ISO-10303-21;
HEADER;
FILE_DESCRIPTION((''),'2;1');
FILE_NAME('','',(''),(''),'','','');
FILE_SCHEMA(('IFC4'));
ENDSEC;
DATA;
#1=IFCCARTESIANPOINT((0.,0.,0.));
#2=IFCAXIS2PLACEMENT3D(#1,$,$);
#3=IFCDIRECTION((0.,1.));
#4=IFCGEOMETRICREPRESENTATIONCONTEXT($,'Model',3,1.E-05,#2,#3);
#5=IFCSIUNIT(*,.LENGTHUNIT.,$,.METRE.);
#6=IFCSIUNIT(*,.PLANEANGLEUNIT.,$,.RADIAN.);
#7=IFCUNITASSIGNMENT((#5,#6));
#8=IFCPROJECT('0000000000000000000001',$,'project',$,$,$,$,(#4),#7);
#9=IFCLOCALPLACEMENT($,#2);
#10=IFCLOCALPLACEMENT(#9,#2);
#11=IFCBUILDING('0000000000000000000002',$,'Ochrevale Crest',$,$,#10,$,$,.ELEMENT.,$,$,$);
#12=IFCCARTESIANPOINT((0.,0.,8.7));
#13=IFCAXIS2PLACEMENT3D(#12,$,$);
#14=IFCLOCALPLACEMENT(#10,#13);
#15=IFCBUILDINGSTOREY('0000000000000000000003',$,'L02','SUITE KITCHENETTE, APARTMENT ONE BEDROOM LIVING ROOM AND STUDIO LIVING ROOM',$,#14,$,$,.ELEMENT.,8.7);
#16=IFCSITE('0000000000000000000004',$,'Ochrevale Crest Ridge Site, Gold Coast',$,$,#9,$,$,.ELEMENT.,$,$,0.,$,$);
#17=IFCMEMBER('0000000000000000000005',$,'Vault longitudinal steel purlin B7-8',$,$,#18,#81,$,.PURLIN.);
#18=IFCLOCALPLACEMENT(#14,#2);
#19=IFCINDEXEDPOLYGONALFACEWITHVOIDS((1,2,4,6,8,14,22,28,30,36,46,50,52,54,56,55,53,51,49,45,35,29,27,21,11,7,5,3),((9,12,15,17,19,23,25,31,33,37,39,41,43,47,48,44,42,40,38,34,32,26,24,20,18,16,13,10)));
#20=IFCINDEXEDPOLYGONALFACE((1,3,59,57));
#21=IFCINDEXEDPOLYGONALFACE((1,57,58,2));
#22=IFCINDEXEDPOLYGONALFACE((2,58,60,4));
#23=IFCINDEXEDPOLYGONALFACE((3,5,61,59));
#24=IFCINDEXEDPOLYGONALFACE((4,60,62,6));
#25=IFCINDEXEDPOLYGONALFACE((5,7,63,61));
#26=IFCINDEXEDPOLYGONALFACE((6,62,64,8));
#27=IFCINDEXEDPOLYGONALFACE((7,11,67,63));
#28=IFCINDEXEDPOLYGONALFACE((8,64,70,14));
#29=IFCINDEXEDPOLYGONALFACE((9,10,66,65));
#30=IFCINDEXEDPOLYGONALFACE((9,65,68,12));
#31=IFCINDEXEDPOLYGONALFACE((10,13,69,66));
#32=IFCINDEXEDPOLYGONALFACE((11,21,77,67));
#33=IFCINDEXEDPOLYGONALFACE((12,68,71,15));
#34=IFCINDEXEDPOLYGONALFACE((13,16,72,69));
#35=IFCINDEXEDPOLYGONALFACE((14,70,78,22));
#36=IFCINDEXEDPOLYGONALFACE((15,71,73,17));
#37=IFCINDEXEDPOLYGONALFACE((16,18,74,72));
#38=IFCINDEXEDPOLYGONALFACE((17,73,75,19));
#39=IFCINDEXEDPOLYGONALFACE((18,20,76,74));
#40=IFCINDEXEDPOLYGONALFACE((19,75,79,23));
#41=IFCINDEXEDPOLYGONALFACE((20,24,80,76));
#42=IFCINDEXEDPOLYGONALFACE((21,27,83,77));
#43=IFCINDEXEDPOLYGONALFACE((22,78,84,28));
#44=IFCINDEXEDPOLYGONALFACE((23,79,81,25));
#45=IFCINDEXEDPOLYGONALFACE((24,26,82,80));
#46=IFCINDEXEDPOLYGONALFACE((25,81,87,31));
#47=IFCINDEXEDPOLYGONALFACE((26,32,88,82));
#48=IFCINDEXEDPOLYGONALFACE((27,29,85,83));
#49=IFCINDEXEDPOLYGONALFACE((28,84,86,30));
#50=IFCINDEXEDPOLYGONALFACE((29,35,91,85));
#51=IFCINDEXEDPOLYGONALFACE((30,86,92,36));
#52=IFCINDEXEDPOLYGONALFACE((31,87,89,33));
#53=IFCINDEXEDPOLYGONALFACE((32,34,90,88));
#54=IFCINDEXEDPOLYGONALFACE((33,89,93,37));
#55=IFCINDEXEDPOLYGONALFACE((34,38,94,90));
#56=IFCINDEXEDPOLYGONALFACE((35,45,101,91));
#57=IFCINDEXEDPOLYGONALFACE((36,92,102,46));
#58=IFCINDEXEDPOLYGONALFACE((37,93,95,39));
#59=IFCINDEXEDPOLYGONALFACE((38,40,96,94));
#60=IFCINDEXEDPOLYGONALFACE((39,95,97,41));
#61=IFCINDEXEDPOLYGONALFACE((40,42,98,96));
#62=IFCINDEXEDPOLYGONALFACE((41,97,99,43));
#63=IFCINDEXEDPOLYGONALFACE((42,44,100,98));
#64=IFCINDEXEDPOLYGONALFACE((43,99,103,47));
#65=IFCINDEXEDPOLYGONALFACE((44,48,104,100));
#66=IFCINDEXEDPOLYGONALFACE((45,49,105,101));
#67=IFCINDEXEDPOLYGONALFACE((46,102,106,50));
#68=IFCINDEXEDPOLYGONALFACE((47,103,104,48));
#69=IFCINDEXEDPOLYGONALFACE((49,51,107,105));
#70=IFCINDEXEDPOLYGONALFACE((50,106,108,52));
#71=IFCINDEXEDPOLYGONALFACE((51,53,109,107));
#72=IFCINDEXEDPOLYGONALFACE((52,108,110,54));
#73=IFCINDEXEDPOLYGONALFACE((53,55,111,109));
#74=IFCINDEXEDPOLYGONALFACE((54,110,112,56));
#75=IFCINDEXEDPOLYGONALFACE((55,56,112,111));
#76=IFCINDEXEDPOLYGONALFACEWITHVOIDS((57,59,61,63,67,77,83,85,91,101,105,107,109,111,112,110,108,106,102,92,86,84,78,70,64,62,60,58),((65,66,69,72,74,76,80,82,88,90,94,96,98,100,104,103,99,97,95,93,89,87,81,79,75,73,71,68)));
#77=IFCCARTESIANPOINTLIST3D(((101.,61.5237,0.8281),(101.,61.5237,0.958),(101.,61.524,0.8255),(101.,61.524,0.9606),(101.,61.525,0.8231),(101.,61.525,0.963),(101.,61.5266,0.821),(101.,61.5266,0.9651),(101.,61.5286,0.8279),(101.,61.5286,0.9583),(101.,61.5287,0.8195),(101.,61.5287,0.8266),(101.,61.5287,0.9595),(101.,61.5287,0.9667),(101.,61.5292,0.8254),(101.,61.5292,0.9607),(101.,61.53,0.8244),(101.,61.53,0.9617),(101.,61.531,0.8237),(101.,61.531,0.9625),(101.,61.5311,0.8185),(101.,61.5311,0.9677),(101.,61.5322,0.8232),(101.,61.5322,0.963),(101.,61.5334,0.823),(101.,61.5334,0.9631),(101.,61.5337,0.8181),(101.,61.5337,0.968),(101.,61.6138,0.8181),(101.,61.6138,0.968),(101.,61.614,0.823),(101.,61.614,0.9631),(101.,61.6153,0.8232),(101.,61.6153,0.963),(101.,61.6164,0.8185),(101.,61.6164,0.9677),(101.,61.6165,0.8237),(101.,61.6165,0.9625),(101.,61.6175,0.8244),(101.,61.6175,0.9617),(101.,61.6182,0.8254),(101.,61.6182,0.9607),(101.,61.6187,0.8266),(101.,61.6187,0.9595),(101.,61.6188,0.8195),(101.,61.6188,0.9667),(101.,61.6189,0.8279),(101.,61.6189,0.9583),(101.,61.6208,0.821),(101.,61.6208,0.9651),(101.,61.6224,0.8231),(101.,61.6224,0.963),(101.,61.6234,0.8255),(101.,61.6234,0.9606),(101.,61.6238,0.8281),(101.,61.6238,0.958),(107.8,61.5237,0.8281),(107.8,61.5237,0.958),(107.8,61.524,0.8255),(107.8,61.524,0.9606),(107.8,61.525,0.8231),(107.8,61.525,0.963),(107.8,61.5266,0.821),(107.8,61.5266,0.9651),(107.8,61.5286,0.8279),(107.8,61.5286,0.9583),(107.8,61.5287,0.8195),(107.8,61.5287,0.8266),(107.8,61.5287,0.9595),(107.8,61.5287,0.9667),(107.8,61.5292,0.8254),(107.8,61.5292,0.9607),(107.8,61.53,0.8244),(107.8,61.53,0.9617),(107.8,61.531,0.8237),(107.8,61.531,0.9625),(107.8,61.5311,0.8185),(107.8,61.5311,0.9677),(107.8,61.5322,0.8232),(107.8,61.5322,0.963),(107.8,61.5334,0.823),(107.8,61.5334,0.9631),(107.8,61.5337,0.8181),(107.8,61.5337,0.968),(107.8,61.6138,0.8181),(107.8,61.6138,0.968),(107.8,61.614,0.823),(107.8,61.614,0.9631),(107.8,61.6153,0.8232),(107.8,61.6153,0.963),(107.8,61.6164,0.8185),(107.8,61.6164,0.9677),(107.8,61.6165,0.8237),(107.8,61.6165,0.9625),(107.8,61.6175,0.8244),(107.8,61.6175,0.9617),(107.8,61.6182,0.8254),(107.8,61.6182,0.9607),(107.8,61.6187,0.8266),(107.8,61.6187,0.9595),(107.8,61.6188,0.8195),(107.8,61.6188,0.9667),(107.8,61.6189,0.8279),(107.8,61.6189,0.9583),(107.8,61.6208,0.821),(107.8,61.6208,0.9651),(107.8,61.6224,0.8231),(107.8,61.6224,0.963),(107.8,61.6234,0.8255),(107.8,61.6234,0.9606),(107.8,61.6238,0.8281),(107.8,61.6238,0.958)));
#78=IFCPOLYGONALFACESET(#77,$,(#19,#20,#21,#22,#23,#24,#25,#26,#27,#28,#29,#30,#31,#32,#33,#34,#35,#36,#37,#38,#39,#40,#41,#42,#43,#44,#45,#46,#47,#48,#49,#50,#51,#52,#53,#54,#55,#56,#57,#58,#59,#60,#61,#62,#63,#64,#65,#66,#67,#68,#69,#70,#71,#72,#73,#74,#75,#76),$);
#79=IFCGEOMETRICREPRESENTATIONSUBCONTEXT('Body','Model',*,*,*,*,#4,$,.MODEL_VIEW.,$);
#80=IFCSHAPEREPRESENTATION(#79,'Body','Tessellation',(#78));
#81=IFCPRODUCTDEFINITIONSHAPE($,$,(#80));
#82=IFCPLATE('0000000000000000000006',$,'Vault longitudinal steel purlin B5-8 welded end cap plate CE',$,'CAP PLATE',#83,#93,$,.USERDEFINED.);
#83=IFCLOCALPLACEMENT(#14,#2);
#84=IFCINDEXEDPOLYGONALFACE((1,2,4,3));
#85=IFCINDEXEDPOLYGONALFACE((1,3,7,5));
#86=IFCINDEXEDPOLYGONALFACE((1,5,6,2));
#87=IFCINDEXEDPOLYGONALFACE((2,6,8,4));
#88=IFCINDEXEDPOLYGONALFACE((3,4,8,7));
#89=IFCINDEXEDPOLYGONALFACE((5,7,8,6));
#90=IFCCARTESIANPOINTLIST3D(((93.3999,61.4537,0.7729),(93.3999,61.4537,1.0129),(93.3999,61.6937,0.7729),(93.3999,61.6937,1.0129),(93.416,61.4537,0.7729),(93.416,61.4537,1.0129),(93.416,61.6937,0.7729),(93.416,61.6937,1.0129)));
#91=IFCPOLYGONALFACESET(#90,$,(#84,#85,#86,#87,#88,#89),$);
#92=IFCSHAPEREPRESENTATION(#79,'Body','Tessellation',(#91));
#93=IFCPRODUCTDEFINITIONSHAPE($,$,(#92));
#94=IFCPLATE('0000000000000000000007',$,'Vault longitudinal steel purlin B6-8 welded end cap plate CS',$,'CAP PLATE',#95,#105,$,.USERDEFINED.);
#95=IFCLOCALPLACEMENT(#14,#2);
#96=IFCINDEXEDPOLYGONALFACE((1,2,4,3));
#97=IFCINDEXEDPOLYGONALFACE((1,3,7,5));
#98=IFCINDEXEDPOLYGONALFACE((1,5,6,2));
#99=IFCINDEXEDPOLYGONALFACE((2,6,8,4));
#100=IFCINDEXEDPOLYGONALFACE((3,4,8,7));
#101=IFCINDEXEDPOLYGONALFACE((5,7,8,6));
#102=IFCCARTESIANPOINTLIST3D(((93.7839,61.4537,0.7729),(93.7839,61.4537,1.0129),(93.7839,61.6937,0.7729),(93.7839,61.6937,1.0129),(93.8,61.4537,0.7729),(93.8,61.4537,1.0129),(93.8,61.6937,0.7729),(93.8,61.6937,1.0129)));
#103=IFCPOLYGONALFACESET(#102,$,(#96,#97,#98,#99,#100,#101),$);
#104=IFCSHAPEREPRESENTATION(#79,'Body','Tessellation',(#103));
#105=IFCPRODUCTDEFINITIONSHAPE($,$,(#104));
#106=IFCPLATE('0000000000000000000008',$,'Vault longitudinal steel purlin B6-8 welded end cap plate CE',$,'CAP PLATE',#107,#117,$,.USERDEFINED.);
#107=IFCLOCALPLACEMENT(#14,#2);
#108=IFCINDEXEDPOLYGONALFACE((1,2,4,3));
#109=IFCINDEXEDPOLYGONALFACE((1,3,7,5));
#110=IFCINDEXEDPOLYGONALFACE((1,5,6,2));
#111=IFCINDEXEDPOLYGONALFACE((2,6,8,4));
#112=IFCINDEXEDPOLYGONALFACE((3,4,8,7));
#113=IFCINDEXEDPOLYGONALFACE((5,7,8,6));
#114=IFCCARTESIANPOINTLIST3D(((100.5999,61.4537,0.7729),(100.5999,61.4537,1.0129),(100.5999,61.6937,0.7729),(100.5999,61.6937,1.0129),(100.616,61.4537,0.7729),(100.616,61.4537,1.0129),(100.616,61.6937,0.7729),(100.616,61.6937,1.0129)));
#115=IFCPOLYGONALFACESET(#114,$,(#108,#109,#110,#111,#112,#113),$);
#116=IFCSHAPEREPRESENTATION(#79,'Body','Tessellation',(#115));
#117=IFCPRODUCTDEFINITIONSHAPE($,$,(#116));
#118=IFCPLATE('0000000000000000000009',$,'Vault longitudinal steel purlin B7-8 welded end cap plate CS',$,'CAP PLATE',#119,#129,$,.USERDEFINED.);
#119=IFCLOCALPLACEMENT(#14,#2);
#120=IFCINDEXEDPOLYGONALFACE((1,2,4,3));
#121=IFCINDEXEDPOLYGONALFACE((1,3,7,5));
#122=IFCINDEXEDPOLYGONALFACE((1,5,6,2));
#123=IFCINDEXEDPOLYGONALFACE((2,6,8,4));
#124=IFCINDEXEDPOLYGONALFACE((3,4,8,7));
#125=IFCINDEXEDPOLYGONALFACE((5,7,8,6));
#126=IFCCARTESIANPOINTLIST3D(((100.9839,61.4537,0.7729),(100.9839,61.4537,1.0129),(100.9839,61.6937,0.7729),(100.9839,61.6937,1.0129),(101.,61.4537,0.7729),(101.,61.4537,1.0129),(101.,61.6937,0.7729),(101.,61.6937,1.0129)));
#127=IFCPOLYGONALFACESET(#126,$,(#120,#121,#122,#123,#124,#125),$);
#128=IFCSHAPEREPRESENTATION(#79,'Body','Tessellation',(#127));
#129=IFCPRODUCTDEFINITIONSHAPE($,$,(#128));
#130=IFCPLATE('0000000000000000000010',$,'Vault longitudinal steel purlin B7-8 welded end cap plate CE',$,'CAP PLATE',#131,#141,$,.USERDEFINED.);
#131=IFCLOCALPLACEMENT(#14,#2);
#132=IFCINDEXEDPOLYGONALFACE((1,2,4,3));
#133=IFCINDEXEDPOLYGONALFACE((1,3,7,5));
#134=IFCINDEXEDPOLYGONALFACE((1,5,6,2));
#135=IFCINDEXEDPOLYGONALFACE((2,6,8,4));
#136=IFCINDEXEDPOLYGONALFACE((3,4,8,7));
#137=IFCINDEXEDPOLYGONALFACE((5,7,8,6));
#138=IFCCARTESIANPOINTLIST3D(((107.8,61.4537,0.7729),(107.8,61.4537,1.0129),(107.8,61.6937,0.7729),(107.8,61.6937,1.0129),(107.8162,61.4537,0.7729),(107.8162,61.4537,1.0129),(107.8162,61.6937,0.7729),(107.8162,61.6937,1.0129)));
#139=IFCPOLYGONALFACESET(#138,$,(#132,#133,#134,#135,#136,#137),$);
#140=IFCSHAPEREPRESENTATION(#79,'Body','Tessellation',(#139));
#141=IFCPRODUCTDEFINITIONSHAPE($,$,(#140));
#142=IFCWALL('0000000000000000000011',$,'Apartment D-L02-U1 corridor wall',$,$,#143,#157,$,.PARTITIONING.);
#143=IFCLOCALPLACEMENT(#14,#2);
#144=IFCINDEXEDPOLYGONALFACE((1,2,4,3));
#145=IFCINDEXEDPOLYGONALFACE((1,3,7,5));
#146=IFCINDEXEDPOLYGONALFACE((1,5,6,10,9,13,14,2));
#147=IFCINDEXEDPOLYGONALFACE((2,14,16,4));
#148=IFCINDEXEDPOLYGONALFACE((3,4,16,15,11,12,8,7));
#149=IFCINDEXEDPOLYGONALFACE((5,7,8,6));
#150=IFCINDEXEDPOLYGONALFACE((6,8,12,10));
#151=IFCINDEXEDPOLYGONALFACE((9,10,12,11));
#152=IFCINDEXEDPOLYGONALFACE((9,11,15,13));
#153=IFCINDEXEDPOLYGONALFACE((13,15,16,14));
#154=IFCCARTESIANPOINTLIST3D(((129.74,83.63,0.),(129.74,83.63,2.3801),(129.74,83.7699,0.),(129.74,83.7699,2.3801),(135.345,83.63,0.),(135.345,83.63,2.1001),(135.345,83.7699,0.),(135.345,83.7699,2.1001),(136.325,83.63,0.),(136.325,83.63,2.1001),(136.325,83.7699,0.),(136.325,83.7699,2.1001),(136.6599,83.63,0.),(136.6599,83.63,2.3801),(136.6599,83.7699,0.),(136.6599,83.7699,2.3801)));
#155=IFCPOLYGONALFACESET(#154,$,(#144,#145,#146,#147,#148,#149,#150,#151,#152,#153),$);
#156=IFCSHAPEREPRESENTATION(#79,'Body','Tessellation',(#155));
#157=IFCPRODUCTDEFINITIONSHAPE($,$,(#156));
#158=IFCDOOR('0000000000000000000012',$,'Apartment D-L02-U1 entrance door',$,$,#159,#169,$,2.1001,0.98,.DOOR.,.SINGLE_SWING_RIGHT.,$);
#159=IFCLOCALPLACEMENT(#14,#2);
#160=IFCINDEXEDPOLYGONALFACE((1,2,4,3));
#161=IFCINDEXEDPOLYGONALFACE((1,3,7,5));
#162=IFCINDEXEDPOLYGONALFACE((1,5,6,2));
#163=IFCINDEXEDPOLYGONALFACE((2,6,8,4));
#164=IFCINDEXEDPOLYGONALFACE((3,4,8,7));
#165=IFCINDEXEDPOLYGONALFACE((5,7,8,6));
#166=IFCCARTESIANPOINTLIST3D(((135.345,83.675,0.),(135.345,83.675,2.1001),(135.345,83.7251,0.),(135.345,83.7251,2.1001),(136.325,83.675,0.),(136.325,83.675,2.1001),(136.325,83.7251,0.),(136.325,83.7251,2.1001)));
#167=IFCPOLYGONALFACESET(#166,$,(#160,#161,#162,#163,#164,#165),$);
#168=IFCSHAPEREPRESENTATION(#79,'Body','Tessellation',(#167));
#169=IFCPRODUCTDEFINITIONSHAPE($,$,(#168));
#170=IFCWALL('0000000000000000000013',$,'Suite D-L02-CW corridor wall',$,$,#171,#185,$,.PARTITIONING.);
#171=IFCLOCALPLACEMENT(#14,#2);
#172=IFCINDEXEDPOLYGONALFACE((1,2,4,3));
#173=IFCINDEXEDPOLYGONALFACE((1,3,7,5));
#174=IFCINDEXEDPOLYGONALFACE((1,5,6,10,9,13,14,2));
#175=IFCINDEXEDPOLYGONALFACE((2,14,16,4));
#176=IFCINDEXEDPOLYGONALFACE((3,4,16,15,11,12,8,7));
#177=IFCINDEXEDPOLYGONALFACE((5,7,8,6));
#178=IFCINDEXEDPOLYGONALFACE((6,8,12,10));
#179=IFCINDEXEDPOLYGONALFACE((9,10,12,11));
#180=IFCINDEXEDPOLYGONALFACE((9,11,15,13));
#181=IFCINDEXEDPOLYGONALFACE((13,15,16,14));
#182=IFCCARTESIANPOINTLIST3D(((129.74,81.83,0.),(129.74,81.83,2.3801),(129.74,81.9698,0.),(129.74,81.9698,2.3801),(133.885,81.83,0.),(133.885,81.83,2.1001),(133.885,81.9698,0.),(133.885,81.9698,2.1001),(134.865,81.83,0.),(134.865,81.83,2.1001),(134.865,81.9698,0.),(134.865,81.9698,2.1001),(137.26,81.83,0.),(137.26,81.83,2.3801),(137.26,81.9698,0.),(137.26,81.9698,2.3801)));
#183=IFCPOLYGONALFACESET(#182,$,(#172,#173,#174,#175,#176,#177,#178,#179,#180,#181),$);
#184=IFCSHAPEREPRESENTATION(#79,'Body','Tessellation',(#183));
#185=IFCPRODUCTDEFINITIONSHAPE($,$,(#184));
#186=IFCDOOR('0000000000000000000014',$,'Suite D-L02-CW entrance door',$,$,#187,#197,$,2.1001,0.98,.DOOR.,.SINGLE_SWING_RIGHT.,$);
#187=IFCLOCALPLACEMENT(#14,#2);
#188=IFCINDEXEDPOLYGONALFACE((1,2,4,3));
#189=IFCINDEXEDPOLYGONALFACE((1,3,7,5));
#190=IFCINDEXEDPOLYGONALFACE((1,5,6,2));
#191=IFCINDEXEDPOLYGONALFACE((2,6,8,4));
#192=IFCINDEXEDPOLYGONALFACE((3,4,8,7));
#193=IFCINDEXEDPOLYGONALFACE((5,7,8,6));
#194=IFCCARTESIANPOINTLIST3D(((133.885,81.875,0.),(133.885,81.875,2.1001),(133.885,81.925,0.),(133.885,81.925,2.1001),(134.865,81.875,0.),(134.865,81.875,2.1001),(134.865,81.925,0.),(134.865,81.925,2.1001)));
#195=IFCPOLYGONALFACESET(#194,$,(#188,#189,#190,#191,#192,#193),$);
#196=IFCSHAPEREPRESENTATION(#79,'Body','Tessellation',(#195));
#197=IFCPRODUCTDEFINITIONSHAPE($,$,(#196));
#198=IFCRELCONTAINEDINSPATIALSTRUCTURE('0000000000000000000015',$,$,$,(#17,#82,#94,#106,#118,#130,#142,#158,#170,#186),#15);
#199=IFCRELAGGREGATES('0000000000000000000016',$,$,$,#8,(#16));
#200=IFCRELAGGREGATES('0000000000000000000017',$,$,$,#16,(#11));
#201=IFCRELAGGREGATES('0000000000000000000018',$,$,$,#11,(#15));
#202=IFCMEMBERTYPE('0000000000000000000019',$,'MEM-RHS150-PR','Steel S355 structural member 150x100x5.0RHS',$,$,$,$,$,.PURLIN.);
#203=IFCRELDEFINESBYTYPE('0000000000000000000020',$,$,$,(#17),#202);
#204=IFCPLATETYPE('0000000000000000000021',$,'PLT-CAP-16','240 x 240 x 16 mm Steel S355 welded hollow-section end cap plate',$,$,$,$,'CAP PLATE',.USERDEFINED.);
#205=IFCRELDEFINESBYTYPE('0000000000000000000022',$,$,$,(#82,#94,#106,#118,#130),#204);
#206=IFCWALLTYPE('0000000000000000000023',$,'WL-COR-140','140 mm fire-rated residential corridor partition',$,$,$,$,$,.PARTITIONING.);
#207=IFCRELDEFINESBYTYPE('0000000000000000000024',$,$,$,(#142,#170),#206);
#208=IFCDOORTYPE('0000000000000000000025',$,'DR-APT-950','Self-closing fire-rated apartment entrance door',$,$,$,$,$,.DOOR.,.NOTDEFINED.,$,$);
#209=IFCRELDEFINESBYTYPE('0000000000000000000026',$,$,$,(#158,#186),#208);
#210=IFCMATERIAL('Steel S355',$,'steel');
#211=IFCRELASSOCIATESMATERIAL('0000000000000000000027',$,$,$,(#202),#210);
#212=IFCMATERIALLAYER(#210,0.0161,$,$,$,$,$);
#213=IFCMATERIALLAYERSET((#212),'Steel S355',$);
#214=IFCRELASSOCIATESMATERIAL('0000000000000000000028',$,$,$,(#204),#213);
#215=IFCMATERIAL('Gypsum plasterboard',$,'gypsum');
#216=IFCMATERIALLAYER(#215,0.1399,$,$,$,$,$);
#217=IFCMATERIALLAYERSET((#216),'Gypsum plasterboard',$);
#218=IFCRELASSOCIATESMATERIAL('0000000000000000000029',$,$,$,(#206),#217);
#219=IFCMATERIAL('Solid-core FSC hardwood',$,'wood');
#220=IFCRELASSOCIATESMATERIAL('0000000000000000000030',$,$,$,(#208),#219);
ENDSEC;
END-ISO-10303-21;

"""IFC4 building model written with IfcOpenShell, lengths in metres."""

from ifc_helpers import new_model, si_unit, direction, frame, frame_2d, origin, origin_2d, place, context, subcontext, project, spatial, rectangle, hollow_rectangle, extrude, material, layer, layer_set, material_profile, profile_set, type_object, element, fill, save


model = new_model("IFC4")

# Units and contexts
model_context = context("Model", 3, precision=1e-05, world=origin(), true_north=direction((0.0, 1.0)))
body_context = subcontext(model_context, "Body", "Model", "MODEL_VIEW")
ifc_project = project(units=[si_unit("LENGTHUNIT", "METRE"), si_unit("PLANEANGLEUNIT", "RADIAN")], contexts=[model_context])

# Site, building, storey
site_placement = place(None, origin())
site = spatial("IfcSite", under=ifc_project, at=site_placement, Name="Ochrevale Crest Ridge Site, Gold Coast", CompositionType="ELEMENT", RefElevation=0.0)
building_placement = place(site_placement, origin())
building = spatial("IfcBuilding", under=site, at=building_placement, Name="Ochrevale Crest", CompositionType="ELEMENT")
storey_placement = place(building_placement, frame((0.0, 0.0, 8.7)))
storey = spatial("IfcBuildingStorey", under=building, at=storey_placement, Name="L02", Description="SUITE KITCHENETTE, APARTMENT ONE BEDROOM LIVING ROOM AND STUDIO LIVING ROOM", CompositionType="ELEMENT", Elevation=8.7)

# Member
ifc_material_1 = material(Name="Steel S355", Category="steel")
ifc_material_profile_1 = material_profile(ifc_material_1, hollow_rectangle(XDim=0.1001, YDim=0.1499, WallThickness=0.0049, InnerFilletRadius=0.0049, OuterFilletRadius=0.01, at=origin_2d()), Name="150x100x5.0RHS")
ifc_profile_set_1 = profile_set([ifc_material_profile_1], Name="Steel S355")
member_type_1 = type_object("IfcMemberType", Name="MEM-RHS150-PR", Description="Steel S355 structural member 150x100x5.0RHS", PredefinedType="PURLIN", material=ifc_profile_set_1)
for number, where, z_axis, x_axis, name in (
    (1, (101.0, 61.5737, 0.8931), (1.0, 0.0, 0.0), (0.0, 1.0, 0.0), "Vault longitudinal steel purlin B7-8"),
):
    element("IfcMember", number, at=place(storey_placement, frame(where, z_axis=z_axis, x_axis=x_axis)), inside=storey, type_object=member_type_1, Name=name, PredefinedType="PURLIN", context=body_context, shape_type="SweptSolid", body=[
        extrude(hollow_rectangle(XDim=0.1001, YDim=0.1499, WallThickness=0.0049, InnerFilletRadius=0.0049, OuterFilletRadius=0.01, at=origin_2d()), origin(), (0.0, 0.0, 1.0), 6.8),
    ])

# Plates
ifc_layer_1 = layer(ifc_material_1, 0.0161)
ifc_layer_set_1 = layer_set([ifc_layer_1], Name="Steel S355")
plate_type = type_object("IfcPlateType", Name="PLT-CAP-16", Description="240 x 240 x 16 mm Steel S355 welded hollow-section end cap plate", ElementType="CAP PLATE", PredefinedType="USERDEFINED", material=ifc_layer_set_1)
for number, where, z_axis, x_axis, name in (
    (2, (93.408, 61.5737, 0.7729), (0.0, 0.0, 1.0), (1.0, 0.0, 0.0), "Vault longitudinal steel purlin B5-8 welded end cap plate CE"),
    (3, (93.792, 61.5737, 0.7729), (0.0, 0.0, 1.0), (1.0, 0.0, 0.0), "Vault longitudinal steel purlin B6-8 welded end cap plate CS"),
    (4, (100.6079, 61.5737, 0.7729), (0.0, 0.0, 1.0), (1.0, 0.0, 0.0), "Vault longitudinal steel purlin B6-8 welded end cap plate CE"),
    (5, (100.9919, 61.5737, 0.7729), (0.0, 0.0, 1.0), (1.0, 0.0, 0.0), "Vault longitudinal steel purlin B7-8 welded end cap plate CS"),
    (6, (107.8081, 61.5737, 0.7729), (0.0, 0.0, 1.0), (1.0, 0.0, 0.0), "Vault longitudinal steel purlin B7-8 welded end cap plate CE"),
):
    element("IfcPlate", number, at=place(storey_placement, frame(where, z_axis=z_axis, x_axis=x_axis)), inside=storey, type_object=plate_type, Name=name, ObjectType="CAP PLATE", PredefinedType="USERDEFINED", context=body_context, shape_type="SweptSolid", body=[
        extrude(rectangle(XDim=0.0161, YDim=0.24, at=origin_2d()), origin(), (0.0, 0.0, 1.0), 0.24),
    ])

# Walls, openings, doors
ifc_material_2 = material(Name="Gypsum plasterboard", Category="gypsum")
ifc_layer_2 = layer(ifc_material_2, 0.1399)
ifc_layer_set_2 = layer_set([ifc_layer_2], Name="Gypsum plasterboard")
wall_type_1 = type_object("IfcWallType", Name="WL-COR-140", Description="140 mm fire-rated residential corridor partition", PredefinedType="PARTITIONING", material=ifc_layer_set_2)
wall_1_placement = place(storey_placement, frame((129.74, 83.7, 0.0), z_axis=(0.0, 0.0, 1.0), x_axis=(1.0, 0.0, 0.0)))
wall_1 = element("IfcWall", 7, at=wall_1_placement, inside=storey, type_object=wall_type_1, Name="Apartment D-L02-U1 corridor wall", PredefinedType="PARTITIONING", context=body_context, shape_type="SweptSolid", body=[
    extrude(rectangle(XDim=6.9199, YDim=0.1399, at=frame_2d((3.46, 0.0))), origin(), (0.0, 0.0, 1.0), 2.3801),
])
opening_1_placement = place(wall_1_placement, frame((6.585, 0.0, 0.0), z_axis=(0.0, 0.0, 1.0), x_axis=(-1.0, 0.0, 0.0)))
opening_1 = element("IfcOpeningElement", 8, at=opening_1_placement, cuts=wall_1, PredefinedType="OPENING", context=body_context, shape_type="SweptSolid", body=[
    extrude(rectangle(XDim=0.98, YDim=2.1001, at=frame_2d((0.49, 1.05))), frame((0.0, 0.0801, 0.0), z_axis=(0.0, -1.0, 0.0), x_axis=(1.0, 0.0, 0.0)), (0.0, 0.0, 1.0), 0.1599),
])
ifc_material_3 = material(Name="Solid-core FSC hardwood", Category="wood")
door_type_1 = type_object("IfcDoorType", Name="DR-APT-950", Description="Self-closing fire-rated apartment entrance door", OperationType="NOTDEFINED", PredefinedType="DOOR", material=ifc_material_3)
door_1_placement = place(opening_1_placement, origin())
door_1 = element("IfcDoor", 9, at=door_1_placement, inside=storey, type_object=door_type_1, Name="Apartment D-L02-U1 entrance door", OperationType="SINGLE_SWING_RIGHT", OverallHeight=2.1001, OverallWidth=0.98, PredefinedType="DOOR", context=body_context, shape_type="SweptSolid", body=[
    extrude(rectangle(XDim=0.98, YDim=2.1001, at=frame_2d((0.49, 1.05))), frame((0.0, 0.0249, 0.0), z_axis=(0.0, -1.0, 0.0), x_axis=(1.0, 0.0, 0.0)), (0.0, 0.0, 1.0), 0.05),
])
fill(opening_1, door_1)
wall_2_placement = place(storey_placement, frame((129.74, 81.8999, 0.0), z_axis=(0.0, 0.0, 1.0), x_axis=(1.0, 0.0, 0.0)))
wall_2 = element("IfcWall", 10, at=wall_2_placement, inside=storey, type_object=wall_type_1, Name="Suite D-L02-CW corridor wall", PredefinedType="PARTITIONING", context=body_context, shape_type="SweptSolid", body=[
    extrude(rectangle(XDim=7.52, YDim=0.1399, at=frame_2d((3.76, 0.0))), origin(), (0.0, 0.0, 1.0), 2.3801),
])
opening_2_placement = place(wall_2_placement, frame((5.125, 0.0, 0.0), z_axis=(0.0, 0.0, 1.0), x_axis=(-1.0, 0.0, 0.0)))
opening_2 = element("IfcOpeningElement", 11, at=opening_2_placement, cuts=wall_2, PredefinedType="OPENING", context=body_context, shape_type="SweptSolid", body=[
    extrude(rectangle(XDim=0.98, YDim=2.1001, at=frame_2d((0.49, 1.05))), frame((0.0, 0.0801, 0.0), z_axis=(0.0, -1.0, 0.0), x_axis=(1.0, 0.0, 0.0)), (0.0, 0.0, 1.0), 0.1599),
])
door_2_placement = place(opening_2_placement, origin())
door_2 = element("IfcDoor", 12, at=door_2_placement, inside=storey, type_object=door_type_1, Name="Suite D-L02-CW entrance door", OperationType="SINGLE_SWING_RIGHT", OverallHeight=2.1001, OverallWidth=0.98, PredefinedType="DOOR", context=body_context, shape_type="SweptSolid", body=[
    extrude(rectangle(XDim=0.98, YDim=2.1001, at=frame_2d((0.49, 1.05))), frame((0.0, 0.0249, 0.0), z_axis=(0.0, -1.0, 0.0), x_axis=(1.0, 0.0, 0.0)), (0.0, 0.0, 1.0), 0.05),
])
fill(opening_2, door_2)

save(model, "model.ifc")
